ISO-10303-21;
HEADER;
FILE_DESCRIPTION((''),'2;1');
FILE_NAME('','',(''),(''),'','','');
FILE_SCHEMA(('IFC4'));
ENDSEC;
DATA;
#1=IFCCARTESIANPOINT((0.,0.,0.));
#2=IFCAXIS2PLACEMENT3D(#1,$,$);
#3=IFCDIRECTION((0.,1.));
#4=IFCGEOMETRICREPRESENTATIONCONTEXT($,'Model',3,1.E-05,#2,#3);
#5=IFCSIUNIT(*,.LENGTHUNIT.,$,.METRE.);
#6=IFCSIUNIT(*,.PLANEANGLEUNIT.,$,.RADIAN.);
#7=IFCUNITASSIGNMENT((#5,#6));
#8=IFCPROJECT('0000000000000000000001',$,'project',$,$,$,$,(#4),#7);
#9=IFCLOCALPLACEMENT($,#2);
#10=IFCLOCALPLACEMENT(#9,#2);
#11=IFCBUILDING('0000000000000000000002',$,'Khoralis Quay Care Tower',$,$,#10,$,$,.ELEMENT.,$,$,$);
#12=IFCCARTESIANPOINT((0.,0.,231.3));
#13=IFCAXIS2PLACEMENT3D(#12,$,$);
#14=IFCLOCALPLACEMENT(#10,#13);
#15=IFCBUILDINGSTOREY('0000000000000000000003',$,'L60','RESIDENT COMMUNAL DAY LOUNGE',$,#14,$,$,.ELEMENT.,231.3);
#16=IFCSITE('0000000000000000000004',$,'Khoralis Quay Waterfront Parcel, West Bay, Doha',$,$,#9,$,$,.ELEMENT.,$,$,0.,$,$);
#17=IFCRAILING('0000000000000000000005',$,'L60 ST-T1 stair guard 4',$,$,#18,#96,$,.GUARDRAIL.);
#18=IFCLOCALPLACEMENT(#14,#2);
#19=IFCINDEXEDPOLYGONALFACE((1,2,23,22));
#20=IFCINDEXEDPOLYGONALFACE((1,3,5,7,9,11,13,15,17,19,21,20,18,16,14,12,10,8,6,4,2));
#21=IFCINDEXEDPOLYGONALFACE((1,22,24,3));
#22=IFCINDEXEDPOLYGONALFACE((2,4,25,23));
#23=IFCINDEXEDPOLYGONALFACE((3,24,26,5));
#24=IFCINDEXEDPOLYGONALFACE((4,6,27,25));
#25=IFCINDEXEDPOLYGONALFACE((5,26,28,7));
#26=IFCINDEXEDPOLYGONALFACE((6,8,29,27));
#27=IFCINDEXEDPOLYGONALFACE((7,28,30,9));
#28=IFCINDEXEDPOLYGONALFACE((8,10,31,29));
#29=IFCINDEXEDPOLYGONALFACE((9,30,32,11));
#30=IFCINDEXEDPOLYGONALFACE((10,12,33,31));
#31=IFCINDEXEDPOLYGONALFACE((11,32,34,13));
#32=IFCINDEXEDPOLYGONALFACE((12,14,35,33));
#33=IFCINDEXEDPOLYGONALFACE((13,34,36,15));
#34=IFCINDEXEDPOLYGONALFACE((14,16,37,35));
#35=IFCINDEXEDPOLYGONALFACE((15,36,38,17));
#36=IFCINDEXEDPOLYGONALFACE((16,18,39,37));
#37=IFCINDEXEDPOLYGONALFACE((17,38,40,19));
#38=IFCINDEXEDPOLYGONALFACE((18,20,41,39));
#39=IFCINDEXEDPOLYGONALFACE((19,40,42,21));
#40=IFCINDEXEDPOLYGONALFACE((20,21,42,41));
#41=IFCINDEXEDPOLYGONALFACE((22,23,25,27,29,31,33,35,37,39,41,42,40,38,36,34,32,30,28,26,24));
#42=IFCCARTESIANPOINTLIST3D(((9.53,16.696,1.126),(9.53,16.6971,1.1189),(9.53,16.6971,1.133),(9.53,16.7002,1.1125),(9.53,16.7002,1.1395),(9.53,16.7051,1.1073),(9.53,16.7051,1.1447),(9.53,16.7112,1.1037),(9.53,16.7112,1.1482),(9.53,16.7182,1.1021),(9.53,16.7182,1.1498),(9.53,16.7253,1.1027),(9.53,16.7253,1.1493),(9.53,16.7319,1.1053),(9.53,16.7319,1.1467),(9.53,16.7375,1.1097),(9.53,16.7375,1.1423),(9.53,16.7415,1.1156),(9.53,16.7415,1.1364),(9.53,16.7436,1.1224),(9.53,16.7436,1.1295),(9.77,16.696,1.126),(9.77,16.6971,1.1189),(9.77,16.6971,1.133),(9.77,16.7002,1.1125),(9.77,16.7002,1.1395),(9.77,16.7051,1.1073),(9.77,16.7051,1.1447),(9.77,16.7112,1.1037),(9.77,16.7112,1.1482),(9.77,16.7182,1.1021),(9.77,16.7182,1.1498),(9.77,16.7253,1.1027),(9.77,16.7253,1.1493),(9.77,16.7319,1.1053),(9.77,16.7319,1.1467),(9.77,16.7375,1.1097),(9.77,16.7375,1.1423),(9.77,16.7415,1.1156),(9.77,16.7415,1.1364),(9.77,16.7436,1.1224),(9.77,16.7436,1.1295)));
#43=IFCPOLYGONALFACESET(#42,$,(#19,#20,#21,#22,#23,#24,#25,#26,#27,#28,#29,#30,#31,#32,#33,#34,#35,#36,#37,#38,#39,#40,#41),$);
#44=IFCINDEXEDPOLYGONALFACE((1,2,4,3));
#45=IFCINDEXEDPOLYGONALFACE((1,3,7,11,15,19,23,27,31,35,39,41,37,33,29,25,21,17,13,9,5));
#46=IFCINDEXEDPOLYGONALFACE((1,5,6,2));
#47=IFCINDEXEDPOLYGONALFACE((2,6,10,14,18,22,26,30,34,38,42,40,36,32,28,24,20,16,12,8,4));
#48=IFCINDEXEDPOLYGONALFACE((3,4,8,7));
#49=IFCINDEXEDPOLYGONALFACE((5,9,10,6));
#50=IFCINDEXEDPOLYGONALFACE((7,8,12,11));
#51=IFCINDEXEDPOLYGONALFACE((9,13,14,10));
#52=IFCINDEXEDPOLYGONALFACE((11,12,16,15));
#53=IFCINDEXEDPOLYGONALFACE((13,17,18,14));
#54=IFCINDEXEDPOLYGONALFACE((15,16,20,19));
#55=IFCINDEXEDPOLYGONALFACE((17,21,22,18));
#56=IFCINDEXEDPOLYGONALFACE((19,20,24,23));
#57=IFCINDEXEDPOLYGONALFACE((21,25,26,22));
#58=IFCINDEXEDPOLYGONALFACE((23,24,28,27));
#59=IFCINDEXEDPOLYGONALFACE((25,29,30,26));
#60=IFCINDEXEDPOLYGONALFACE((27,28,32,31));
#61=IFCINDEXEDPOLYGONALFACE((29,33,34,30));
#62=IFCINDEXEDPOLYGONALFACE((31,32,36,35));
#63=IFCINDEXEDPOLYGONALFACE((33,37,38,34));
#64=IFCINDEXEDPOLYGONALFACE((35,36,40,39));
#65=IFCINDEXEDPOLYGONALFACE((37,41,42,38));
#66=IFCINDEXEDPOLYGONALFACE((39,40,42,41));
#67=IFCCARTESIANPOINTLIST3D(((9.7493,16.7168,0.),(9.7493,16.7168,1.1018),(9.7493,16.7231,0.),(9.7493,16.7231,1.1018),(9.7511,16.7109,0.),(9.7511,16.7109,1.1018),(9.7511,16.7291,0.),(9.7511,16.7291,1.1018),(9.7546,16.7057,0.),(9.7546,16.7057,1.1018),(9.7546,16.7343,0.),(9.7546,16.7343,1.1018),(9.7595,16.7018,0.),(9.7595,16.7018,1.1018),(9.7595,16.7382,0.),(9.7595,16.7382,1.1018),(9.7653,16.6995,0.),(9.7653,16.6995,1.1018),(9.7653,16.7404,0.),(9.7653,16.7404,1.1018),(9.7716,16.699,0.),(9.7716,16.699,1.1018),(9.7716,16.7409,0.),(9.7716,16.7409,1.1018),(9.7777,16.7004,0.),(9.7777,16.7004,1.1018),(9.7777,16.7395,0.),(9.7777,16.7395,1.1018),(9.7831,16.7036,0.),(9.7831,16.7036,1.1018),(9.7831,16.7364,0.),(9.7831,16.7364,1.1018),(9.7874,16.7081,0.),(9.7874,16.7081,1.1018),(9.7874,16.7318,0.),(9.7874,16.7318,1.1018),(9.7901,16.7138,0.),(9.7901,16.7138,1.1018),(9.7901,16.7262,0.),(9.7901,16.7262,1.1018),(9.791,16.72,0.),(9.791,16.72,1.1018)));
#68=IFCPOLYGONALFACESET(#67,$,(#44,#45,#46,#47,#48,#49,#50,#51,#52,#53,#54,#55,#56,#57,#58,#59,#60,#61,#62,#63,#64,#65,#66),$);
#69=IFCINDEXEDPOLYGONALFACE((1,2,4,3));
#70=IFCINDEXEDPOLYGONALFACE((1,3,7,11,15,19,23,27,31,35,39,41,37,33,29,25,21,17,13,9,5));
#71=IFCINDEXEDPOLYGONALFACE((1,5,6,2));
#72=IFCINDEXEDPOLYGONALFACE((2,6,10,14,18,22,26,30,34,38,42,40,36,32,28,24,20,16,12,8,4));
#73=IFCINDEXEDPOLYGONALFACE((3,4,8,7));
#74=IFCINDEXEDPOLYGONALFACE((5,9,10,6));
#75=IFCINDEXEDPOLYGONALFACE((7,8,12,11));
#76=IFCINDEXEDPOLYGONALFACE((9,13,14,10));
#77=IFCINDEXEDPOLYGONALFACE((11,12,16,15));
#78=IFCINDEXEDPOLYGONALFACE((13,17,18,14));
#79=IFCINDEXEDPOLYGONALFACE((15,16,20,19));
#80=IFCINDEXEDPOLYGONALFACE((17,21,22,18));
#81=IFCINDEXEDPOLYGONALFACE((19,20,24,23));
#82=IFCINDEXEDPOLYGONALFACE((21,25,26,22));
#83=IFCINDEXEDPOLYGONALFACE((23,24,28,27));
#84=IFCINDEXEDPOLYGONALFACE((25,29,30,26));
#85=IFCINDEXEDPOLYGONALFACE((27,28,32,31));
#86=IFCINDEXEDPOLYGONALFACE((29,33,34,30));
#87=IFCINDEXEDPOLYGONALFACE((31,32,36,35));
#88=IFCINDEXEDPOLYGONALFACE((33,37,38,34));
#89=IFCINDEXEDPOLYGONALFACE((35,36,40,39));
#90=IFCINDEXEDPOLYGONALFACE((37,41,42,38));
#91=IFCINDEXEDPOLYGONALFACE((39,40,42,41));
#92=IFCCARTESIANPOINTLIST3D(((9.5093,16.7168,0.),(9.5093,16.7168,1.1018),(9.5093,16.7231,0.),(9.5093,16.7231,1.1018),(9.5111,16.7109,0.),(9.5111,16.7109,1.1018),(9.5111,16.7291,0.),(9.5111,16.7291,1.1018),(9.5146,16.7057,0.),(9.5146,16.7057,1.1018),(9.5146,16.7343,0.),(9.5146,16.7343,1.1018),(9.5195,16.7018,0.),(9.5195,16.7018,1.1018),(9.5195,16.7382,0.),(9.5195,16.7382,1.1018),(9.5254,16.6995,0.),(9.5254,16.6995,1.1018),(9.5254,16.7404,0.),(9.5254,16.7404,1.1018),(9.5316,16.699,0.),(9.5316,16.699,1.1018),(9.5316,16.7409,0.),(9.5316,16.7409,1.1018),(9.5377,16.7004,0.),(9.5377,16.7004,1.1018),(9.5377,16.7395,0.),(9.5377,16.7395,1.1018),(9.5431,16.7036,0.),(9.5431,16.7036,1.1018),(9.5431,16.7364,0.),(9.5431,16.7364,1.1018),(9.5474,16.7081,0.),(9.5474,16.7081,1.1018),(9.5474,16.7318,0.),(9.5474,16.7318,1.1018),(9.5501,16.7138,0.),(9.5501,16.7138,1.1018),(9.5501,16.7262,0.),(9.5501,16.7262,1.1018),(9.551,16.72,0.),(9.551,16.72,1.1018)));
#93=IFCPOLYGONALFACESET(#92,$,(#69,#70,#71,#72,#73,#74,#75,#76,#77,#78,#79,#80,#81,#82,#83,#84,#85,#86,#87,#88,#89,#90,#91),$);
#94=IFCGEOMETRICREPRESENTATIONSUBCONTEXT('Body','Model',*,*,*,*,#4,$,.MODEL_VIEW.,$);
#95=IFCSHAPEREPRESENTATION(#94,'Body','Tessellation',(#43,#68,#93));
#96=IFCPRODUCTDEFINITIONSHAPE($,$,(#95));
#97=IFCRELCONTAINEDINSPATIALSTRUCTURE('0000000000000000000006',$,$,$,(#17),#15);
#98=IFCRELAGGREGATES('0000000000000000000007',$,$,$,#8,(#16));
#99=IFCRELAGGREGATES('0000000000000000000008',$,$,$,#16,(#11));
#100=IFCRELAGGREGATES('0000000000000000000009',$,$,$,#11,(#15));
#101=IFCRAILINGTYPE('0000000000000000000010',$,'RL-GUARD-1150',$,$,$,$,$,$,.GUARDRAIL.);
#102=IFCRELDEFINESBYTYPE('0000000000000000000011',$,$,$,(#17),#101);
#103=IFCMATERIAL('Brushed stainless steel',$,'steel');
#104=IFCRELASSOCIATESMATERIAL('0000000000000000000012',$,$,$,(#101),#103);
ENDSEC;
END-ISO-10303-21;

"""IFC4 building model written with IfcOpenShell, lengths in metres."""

from ifc_helpers import new_model, si_unit, direction, frame, origin, origin_2d, place, context, subcontext, project, spatial, circle, extrude, material, type_object, element, save


model = new_model("IFC4")

# Units and contexts
model_context = context("Model", 3, precision=1e-05, world=origin(), true_north=direction((0.0, 1.0)))
body_context = subcontext(model_context, "Body", "Model", "MODEL_VIEW")
ifc_project = project(units=[si_unit("LENGTHUNIT", "METRE"), si_unit("PLANEANGLEUNIT", "RADIAN")], contexts=[model_context])

# Site, building, storey
site_placement = place(None, origin())
site = spatial("IfcSite", under=ifc_project, at=site_placement, Name="Khoralis Quay Waterfront Parcel, West Bay, Doha", CompositionType="ELEMENT", RefElevation=0.0)
building_placement = place(site_placement, origin())
building = spatial("IfcBuilding", under=site, at=building_placement, Name="Khoralis Quay Care Tower", CompositionType="ELEMENT")
storey_placement = place(building_placement, frame((0.0, 0.0, 231.3)))
storey = spatial("IfcBuildingStorey", under=building, at=storey_placement, Name="L60", Description="RESIDENT COMMUNAL DAY LOUNGE", CompositionType="ELEMENT", Elevation=231.3)

# Shared definitions
ifc_material_1 = material(Name="Brushed stainless steel", Category="steel")

# Railing
railing_type = type_object("IfcRailingType", Name="RL-GUARD-1150", PredefinedType="GUARDRAIL", material=ifc_material_1)
railing_1_placement = place(storey_placement, frame((9.77, 16.72, 0.0)))
element("IfcRailing", 1, at=railing_1_placement, inside=storey, type_object=railing_type, Name="L60 ST-T1 stair guard 4", PredefinedType="GUARDRAIL", context=body_context, shape_type="SweptSolid", body=[
    extrude(circle(Radius=0.0239, at=origin_2d()), frame((0.0, 0.0, 1.126), z_axis=(-1.0, 0.0, 0.0), x_axis=(0.0, -1.0, 0.0)), (0.0, 0.0, 1.0), 0.24),
    extrude(circle(Radius=0.021, at=origin_2d()), origin(), (0.0, 0.0, 1.0), 1.1018),
    extrude(circle(Radius=0.021, at=origin_2d()), frame((-0.24, 0.0, 0.0)), (0.0, 0.0, 1.0), 1.1018),
])

save(model, "model.ifc")
